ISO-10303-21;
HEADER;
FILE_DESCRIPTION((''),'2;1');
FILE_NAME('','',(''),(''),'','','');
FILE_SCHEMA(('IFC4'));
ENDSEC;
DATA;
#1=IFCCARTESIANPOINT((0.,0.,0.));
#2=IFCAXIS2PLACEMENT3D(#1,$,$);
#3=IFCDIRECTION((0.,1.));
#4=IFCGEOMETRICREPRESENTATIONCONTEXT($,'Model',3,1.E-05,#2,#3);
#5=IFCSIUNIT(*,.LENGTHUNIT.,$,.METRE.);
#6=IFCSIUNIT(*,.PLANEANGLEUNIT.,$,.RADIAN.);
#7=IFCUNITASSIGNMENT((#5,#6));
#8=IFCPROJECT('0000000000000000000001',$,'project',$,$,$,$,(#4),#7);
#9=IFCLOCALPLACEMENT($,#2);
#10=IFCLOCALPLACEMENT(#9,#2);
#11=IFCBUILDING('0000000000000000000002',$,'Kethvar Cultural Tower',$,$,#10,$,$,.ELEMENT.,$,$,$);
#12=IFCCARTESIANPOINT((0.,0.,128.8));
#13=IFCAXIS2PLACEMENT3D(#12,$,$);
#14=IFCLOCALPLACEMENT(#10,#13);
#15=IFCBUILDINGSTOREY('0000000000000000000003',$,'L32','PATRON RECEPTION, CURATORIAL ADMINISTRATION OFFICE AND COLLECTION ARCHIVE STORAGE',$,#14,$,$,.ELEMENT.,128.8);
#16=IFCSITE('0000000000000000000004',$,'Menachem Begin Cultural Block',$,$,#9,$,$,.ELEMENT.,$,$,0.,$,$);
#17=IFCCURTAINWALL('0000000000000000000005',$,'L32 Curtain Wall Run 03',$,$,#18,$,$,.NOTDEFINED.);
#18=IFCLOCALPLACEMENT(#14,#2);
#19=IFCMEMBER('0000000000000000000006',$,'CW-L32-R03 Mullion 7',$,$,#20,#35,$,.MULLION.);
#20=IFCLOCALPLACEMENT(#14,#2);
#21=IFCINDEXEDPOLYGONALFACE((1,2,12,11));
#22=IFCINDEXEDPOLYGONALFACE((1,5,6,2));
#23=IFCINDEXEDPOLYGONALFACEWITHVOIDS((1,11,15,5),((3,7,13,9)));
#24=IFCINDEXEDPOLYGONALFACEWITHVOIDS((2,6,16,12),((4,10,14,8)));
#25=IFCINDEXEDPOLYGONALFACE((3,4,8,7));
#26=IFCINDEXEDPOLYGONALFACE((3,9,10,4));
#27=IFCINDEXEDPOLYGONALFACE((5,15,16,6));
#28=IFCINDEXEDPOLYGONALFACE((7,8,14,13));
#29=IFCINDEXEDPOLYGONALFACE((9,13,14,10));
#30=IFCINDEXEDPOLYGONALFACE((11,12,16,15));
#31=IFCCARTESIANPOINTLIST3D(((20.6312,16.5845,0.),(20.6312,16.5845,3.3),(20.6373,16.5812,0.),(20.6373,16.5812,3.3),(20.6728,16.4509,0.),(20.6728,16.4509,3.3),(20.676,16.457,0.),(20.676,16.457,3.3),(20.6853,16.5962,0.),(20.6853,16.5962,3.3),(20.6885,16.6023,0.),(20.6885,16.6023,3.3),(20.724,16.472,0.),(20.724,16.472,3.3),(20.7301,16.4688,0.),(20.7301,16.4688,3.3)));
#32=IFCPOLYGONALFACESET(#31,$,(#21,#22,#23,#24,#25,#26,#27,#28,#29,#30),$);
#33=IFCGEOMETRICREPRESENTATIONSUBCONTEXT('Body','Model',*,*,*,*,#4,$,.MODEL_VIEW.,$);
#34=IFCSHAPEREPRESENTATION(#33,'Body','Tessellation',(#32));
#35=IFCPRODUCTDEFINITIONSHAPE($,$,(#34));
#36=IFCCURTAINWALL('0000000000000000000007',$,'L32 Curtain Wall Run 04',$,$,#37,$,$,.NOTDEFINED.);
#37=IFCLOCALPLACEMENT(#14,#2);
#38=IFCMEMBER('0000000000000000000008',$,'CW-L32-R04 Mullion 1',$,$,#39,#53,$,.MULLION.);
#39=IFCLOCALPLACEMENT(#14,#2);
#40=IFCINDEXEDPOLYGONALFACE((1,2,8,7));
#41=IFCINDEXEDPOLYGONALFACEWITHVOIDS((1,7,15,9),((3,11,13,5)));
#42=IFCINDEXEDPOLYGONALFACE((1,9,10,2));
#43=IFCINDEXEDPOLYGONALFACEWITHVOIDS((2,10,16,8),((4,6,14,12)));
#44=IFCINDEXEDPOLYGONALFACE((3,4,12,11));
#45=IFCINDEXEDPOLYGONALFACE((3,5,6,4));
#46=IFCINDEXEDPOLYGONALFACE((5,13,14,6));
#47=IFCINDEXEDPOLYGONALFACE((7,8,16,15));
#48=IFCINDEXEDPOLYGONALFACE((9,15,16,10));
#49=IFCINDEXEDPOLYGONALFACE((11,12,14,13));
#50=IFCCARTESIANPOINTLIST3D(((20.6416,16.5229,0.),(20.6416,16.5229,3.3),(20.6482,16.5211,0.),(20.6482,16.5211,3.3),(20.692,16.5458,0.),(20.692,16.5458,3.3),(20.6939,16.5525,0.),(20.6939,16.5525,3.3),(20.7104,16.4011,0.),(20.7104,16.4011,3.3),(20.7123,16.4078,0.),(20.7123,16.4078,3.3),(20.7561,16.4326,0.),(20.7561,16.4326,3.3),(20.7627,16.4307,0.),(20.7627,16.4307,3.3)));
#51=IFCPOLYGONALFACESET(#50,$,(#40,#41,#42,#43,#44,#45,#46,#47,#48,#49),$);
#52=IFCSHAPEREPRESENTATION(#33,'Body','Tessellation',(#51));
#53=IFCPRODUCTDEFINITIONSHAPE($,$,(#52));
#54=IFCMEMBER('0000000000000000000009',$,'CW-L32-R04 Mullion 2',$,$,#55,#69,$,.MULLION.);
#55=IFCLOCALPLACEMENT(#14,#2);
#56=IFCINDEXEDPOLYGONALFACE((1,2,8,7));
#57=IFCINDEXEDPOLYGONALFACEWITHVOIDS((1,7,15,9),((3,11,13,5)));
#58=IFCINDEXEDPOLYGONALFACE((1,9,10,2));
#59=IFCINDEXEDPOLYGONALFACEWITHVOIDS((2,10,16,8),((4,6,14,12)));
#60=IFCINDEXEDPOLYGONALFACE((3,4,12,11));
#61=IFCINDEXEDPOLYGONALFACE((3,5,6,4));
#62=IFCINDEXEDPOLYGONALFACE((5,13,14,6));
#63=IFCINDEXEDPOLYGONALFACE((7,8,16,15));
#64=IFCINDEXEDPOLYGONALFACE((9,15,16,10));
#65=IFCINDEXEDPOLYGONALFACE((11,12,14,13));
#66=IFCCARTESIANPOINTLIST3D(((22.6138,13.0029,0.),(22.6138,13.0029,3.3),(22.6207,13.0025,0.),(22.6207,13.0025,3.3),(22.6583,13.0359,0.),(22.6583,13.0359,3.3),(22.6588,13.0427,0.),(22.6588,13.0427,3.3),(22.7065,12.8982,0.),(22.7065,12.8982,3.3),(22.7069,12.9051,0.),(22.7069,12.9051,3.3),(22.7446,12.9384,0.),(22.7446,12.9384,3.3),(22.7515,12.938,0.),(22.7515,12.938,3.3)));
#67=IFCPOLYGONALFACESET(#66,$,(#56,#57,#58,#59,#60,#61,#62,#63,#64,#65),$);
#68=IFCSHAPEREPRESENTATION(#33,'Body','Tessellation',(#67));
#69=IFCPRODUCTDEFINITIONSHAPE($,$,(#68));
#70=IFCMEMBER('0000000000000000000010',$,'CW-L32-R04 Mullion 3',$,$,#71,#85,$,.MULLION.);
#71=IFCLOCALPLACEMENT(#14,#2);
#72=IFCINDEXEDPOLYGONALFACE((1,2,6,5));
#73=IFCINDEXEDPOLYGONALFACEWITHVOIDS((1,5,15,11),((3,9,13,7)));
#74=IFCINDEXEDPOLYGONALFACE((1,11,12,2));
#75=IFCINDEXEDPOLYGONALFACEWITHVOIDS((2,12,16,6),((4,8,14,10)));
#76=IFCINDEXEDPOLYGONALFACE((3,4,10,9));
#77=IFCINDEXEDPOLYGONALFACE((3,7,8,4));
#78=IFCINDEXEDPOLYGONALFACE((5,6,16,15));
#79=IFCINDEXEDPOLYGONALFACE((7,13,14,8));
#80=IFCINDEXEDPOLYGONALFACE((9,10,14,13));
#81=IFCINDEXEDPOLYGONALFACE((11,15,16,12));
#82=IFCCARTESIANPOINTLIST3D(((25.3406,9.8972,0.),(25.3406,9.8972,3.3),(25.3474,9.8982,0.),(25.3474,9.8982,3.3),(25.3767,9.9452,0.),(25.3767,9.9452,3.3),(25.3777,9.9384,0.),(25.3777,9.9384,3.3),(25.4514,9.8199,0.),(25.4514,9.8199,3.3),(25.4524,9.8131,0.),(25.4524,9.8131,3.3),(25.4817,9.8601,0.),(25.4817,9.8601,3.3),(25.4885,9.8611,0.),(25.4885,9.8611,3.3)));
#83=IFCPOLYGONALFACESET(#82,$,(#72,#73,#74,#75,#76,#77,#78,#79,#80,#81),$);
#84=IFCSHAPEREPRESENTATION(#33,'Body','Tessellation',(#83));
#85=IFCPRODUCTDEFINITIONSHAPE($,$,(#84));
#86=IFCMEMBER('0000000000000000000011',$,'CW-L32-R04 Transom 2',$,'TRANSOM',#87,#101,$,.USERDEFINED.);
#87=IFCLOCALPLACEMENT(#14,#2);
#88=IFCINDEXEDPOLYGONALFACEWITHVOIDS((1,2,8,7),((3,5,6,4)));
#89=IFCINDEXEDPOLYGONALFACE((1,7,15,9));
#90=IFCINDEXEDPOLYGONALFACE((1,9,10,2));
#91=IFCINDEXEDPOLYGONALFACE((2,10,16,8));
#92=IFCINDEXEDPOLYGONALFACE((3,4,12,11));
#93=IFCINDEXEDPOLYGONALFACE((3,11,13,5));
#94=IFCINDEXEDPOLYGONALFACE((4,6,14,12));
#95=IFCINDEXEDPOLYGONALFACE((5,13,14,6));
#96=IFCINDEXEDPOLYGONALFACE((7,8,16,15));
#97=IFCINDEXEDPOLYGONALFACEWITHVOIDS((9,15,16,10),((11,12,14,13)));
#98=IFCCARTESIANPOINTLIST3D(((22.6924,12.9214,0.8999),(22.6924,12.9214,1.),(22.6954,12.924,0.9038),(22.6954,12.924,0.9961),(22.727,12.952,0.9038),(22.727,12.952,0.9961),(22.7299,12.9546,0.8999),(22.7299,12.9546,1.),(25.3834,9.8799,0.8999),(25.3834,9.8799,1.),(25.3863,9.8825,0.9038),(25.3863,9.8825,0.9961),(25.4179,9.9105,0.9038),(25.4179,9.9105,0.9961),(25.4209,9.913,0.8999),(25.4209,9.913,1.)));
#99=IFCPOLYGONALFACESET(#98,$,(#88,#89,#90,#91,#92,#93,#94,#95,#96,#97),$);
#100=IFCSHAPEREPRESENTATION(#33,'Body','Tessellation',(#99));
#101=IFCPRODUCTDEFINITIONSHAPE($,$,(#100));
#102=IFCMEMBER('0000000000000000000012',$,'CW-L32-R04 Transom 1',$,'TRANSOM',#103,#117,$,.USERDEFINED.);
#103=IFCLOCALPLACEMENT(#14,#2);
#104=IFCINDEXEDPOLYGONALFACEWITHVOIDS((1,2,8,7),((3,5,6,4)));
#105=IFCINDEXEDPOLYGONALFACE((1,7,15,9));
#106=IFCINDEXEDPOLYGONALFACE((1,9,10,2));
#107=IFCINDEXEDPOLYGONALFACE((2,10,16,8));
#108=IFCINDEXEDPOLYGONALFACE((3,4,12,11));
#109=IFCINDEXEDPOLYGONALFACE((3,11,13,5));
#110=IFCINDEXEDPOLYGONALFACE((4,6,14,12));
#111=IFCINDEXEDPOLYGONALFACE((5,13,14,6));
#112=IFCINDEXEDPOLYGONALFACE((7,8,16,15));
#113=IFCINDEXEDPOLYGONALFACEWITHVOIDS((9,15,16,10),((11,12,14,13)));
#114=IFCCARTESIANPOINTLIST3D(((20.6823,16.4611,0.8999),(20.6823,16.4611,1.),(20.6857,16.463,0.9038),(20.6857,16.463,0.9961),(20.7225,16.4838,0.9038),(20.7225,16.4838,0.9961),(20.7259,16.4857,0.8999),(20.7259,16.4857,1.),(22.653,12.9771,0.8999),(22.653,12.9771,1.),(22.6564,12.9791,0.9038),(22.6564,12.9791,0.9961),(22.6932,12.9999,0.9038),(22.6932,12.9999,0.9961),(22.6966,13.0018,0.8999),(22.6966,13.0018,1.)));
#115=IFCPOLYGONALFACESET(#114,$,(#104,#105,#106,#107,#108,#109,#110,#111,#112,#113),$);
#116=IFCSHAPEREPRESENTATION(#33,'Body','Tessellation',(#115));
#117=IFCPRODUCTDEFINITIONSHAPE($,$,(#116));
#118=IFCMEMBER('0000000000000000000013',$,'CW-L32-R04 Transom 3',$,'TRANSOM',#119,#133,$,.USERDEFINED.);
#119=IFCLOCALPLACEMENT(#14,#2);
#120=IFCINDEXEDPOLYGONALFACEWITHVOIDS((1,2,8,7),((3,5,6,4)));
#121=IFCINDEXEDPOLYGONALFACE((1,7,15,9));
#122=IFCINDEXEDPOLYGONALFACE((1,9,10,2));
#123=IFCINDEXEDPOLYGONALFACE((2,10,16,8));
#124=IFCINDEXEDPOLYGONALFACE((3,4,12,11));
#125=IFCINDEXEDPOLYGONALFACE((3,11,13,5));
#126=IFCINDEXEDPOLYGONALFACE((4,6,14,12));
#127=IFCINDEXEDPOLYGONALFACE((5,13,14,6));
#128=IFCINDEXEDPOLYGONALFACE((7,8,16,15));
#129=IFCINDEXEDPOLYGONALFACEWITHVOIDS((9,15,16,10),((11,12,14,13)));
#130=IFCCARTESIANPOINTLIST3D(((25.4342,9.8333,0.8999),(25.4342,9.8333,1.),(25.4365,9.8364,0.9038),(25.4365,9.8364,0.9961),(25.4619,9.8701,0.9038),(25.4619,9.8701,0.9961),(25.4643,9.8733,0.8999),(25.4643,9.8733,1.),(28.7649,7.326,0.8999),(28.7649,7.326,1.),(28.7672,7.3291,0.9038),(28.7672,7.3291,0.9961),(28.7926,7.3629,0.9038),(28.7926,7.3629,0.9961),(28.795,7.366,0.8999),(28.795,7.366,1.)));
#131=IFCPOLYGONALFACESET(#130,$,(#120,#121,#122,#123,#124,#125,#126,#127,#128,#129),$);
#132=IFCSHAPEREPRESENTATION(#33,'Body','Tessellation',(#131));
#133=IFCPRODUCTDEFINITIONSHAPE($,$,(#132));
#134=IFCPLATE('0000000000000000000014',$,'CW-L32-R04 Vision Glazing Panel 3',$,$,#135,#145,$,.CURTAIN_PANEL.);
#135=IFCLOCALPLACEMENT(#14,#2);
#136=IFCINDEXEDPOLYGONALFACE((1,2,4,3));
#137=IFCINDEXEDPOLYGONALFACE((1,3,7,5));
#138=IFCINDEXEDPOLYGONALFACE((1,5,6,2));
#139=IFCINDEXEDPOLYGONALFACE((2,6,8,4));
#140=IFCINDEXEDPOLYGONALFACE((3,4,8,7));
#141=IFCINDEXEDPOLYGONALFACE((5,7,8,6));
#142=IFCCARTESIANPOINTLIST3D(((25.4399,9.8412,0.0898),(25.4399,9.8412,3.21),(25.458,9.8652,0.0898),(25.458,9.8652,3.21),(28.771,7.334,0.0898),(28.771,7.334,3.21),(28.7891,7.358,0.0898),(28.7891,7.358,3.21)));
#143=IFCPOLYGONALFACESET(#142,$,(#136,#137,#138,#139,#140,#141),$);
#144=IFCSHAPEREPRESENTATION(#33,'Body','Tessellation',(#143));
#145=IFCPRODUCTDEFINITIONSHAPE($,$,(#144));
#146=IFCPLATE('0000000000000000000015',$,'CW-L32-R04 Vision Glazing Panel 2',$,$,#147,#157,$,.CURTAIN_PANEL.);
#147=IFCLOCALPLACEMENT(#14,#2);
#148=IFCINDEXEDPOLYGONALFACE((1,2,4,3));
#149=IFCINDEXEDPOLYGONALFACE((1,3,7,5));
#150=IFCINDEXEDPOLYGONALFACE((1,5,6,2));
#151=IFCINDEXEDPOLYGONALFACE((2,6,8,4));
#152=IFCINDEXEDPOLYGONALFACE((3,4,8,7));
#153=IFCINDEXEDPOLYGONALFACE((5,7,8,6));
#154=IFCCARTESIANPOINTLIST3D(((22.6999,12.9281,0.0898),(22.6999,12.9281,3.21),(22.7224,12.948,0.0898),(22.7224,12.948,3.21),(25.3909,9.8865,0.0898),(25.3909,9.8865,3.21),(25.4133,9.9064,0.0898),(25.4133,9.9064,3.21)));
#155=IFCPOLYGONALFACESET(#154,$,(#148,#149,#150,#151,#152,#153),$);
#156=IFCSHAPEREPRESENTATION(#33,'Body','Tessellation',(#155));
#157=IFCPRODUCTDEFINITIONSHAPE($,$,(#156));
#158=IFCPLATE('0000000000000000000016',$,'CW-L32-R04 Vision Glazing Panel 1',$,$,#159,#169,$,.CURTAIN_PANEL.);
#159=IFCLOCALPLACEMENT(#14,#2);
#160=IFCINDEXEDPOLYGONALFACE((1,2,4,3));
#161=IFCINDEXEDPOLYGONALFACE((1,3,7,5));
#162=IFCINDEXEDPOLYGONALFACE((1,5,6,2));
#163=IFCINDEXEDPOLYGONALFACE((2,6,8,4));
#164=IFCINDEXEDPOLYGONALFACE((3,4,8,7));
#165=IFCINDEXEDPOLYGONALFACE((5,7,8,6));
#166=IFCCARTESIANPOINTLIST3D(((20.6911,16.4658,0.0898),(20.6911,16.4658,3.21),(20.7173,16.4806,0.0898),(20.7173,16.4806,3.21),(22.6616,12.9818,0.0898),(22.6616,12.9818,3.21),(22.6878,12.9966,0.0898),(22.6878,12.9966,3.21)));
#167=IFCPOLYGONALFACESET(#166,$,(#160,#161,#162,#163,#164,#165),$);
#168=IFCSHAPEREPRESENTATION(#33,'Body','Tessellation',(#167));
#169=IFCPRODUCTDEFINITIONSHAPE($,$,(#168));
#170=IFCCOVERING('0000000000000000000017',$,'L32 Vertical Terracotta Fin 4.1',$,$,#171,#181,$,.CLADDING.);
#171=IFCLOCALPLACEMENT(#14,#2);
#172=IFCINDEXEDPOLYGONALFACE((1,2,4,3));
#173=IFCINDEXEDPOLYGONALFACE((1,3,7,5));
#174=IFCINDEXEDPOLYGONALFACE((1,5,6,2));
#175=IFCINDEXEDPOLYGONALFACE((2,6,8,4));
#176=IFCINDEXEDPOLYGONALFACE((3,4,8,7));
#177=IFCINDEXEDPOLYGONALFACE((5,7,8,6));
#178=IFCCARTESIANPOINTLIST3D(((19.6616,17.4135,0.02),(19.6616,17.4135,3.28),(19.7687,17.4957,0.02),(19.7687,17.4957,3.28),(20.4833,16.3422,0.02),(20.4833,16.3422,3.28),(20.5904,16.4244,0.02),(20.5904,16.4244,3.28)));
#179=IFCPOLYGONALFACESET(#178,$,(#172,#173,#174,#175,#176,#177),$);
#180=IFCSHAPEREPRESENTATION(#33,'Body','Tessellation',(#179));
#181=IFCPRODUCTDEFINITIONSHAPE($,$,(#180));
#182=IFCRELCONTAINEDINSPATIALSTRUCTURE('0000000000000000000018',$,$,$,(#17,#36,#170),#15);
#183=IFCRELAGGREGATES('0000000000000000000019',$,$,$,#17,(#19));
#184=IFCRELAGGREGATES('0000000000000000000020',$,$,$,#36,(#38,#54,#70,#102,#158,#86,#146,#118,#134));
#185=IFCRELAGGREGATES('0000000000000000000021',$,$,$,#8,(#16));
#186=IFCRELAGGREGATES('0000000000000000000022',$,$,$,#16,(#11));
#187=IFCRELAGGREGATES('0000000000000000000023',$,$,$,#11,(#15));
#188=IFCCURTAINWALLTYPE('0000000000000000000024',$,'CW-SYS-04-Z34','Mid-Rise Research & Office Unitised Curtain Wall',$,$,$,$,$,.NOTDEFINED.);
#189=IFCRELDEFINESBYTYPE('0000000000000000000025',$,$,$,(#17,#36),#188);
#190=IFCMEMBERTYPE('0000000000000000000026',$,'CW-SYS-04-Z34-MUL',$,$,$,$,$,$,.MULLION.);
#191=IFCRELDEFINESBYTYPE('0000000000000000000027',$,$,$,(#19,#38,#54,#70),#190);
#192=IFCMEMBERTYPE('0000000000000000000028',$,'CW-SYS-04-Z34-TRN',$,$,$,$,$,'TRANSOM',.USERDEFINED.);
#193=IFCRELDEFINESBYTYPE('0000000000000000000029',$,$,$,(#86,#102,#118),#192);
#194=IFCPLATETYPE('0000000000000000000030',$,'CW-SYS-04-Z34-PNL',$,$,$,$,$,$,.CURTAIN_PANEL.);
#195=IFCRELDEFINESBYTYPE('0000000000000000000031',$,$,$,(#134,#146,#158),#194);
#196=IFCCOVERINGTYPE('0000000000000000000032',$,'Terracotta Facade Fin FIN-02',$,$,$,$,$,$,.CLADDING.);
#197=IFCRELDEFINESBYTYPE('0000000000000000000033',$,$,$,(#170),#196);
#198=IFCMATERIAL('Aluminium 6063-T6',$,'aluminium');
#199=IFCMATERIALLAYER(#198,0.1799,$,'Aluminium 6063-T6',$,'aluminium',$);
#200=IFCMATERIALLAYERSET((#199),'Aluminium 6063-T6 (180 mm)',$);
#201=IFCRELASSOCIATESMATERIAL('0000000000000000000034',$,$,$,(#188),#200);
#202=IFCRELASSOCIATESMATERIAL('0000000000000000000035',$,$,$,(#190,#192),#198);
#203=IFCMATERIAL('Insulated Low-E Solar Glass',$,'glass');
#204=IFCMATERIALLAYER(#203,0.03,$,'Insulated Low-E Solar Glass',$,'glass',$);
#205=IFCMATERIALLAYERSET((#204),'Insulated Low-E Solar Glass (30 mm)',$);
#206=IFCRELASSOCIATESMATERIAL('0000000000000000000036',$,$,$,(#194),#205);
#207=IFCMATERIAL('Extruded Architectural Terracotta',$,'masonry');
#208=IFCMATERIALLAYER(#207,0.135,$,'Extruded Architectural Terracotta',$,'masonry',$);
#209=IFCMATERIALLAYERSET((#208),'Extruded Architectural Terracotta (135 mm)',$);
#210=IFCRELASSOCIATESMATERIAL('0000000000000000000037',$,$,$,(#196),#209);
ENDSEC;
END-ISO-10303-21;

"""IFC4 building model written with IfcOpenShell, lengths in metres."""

from ifc_helpers import new_model, si_unit, direction, frame, origin, origin_2d, place, context, subcontext, project, spatial, rectangle, hollow_rectangle, extrude, source, transform, mapped, material, layer, layer_set, material_profile, profile_set, type_object, element, aggregate, save


model = new_model("IFC4")

# Units and contexts
model_context = context("Model", 3, precision=1e-05, world=origin(), true_north=direction((0.0, 1.0)))
body_context = subcontext(model_context, "Body", "Model", "MODEL_VIEW")
ifc_project = project(units=[si_unit("LENGTHUNIT", "METRE"), si_unit("PLANEANGLEUNIT", "RADIAN")], contexts=[model_context])

# Site, building, storey
site_placement = place(None, origin())
site = spatial("IfcSite", under=ifc_project, at=site_placement, Name="Menachem Begin Cultural Block", CompositionType="ELEMENT", RefElevation=0.0)
building_placement = place(site_placement, origin())
building = spatial("IfcBuilding", under=site, at=building_placement, Name="Kethvar Cultural Tower", CompositionType="ELEMENT")
storey_placement = place(building_placement, frame((0.0, 0.0, 128.8)))
storey = spatial("IfcBuildingStorey", under=building, at=storey_placement, Name="L32", Description="PATRON RECEPTION, CURATORIAL ADMINISTRATION OFFICE AND COLLECTION ARCHIVE STORAGE", CompositionType="ELEMENT", Elevation=128.8)

# Curtain wall, member
ifc_material_1 = material(Name="Aluminium 6063-T6", Category="aluminium")
ifc_layer_1 = layer(ifc_material_1, 0.1799, Name="Aluminium 6063-T6", Category="aluminium")
ifc_layer_set_1 = layer_set([ifc_layer_1], Name="Aluminium 6063-T6 (180 mm)")
curtain_wall_type = type_object("IfcCurtainWallType", Name="CW-SYS-04-Z34", Description="Mid-Rise Research & Office Unitised Curtain Wall", PredefinedType="NOTDEFINED", material=ifc_layer_set_1)
curtain_wall_1_placement = place(storey_placement, origin())
curtain_wall_1 = element("IfcCurtainWall", 1, at=curtain_wall_1_placement, inside=storey, type_object=curtain_wall_type, Name="L32 Curtain Wall Run 03", PredefinedType="NOTDEFINED")
ifc_material_profile_1 = material_profile(ifc_material_1, hollow_rectangle(XDim=0.0601, YDim=0.1399, WallThickness=0.0049, at=origin_2d()), Name="Aluminium 6063-T6 — RHS140x60x5")
ifc_profile_set_1 = profile_set([ifc_material_profile_1], Name="Aluminium 6063-T6 — RHS140x60x5")
member_type_1 = type_object("IfcMemberType", Name="CW-SYS-04-Z34-MUL", PredefinedType="MULLION", material=ifc_profile_set_1)
shared_shape_1 = source(origin(), body_context, "Body", "SweptSolid", [
    extrude(hollow_rectangle(XDim=0.0601, YDim=0.1399, WallThickness=0.0049, at=origin_2d()), origin(), (0.0, 0.0, 1.0), 3.3),
])
member_1_placement = place(storey_placement, frame((20.6807, 16.5266, 0.0), z_axis=(0.0, 0.0, 1.0), x_axis=(0.954719, 0.297508, 0.0)))
member_1 = element("IfcMember", 2, at=member_1_placement, type_object=member_type_1, Name="CW-L32-R03 Mullion 7", PredefinedType="MULLION", context=body_context, shape_type="MappedRepresentation", body=[
    mapped(shared_shape_1, transform((0.0, 0.0, 0.0), scale=1.0)),
])
aggregate(curtain_wall_1, [member_1])

# Curtain wall, members, plates
curtain_wall_2_placement = place(storey_placement, origin())
curtain_wall_2 = element("IfcCurtainWall", 3, at=curtain_wall_2_placement, inside=storey, type_object=curtain_wall_type, Name="L32 Curtain Wall Run 04", PredefinedType="NOTDEFINED")
member_2_placement = place(storey_placement, frame((20.7021, 16.4768, 0.0), z_axis=(0.0, 0.0, 1.0), x_axis=(0.870424, 0.492302, 0.0)))
member_2 = element("IfcMember", 4, at=member_2_placement, type_object=member_type_1, Name="CW-L32-R04 Mullion 1", PredefinedType="MULLION", context=body_context, shape_type="MappedRepresentation", body=[
    mapped(shared_shape_1, transform((0.0, 0.0, 0.0), scale=1.0)),
])
member_3_placement = place(storey_placement, frame((22.6826, 12.9705, 0.0), z_axis=(0.0, 0.0, 1.0), x_axis=(0.748956, 0.66262, 0.0)))
member_3 = element("IfcMember", 5, at=member_3_placement, type_object=member_type_1, Name="CW-L32-R04 Mullion 2", PredefinedType="MULLION", context=body_context, shape_type="MappedRepresentation", body=[
    mapped(shared_shape_1, transform((0.0, 0.0, 0.0), scale=1.0)),
])
member_4_placement = place(storey_placement, frame((25.4146, 9.8792, 0.0), z_axis=(0.0, 0.0, 1.0), x_axis=(0.601369, 0.798972, 0.0)))
member_4 = element("IfcMember", 6, at=member_4_placement, type_object=member_type_1, Name="CW-L32-R04 Mullion 3", PredefinedType="MULLION", context=body_context, shape_type="MappedRepresentation", body=[
    mapped(shared_shape_1, transform((0.0, 0.0, 0.0), scale=1.0)),
])
ifc_material_profile_2 = material_profile(ifc_material_1, hollow_rectangle(XDim=0.05, YDim=0.1001, WallThickness=0.0039, at=origin_2d()), Name="Aluminium 6063-T6 — RHS100x50x4")
ifc_profile_set_2 = profile_set([ifc_material_profile_2], Name="Aluminium 6063-T6 — RHS100x50x4")
member_type_2 = type_object("IfcMemberType", Name="CW-SYS-04-Z34-TRN", ElementType="TRANSOM", PredefinedType="USERDEFINED", material=ifc_profile_set_2)
shared_shape_2 = source(origin(), body_context, "Body", "SweptSolid", [
    extrude(hollow_rectangle(XDim=0.05, YDim=0.1001, WallThickness=0.0039, at=origin_2d()), origin(), (0.0, 0.0, 1.0), 4.061),
])
member_5_placement = place(storey_placement, frame((22.7112, 12.938, 0.95), z_axis=(0.662623, -0.748953, 0.0), x_axis=(0.748953, 0.662623, 0.0)))
member_5 = element("IfcMember", 7, at=member_5_placement, type_object=member_type_2, Name="CW-L32-R04 Transom 2", ObjectType="TRANSOM", PredefinedType="USERDEFINED", context=body_context, shape_type="MappedRepresentation", body=[
    mapped(shared_shape_2, transform((0.0, 0.0, 0.0), scale=1.0)),
])
shared_shape_3 = source(origin(), body_context, "Body", "SweptSolid", [
    extrude(hollow_rectangle(XDim=0.05, YDim=0.1001, WallThickness=0.0039, at=origin_2d()), origin(), (0.0, 0.0, 1.0), 4.0027),
])
member_6_placement = place(storey_placement, frame((20.7041, 16.4734, 0.95), z_axis=(0.492351, -0.870397, 0.0), x_axis=(0.870397, 0.492351, 0.0)))
member_6 = element("IfcMember", 8, at=member_6_placement, type_object=member_type_2, Name="CW-L32-R04 Transom 1", ObjectType="TRANSOM", PredefinedType="USERDEFINED", context=body_context, shape_type="MappedRepresentation", body=[
    mapped(shared_shape_3, transform((0.0, 0.0, 0.0), scale=1.0)),
])
shared_shape_4 = source(origin(), body_context, "Body", "SweptSolid", [
    extrude(hollow_rectangle(XDim=0.05, YDim=0.1001, WallThickness=0.0039, at=origin_2d()), origin(), (0.0, 0.0, 1.0), 4.1689),
])
member_7_placement = place(storey_placement, frame((25.4492, 9.8533, 0.95), z_axis=(0.798938, -0.601414, 0.0), x_axis=(0.601414, 0.798938, 0.0)))
member_7 = element("IfcMember", 9, at=member_7_placement, type_object=member_type_2, Name="CW-L32-R04 Transom 3", ObjectType="TRANSOM", PredefinedType="USERDEFINED", context=body_context, shape_type="MappedRepresentation", body=[
    mapped(shared_shape_4, transform((0.0, 0.0, 0.0), scale=1.0)),
])
ifc_material_2 = material(Name="Insulated Low-E Solar Glass", Category="glass")
ifc_layer_2 = layer(ifc_material_2, 0.03, Name="Insulated Low-E Solar Glass", Category="glass")
ifc_layer_set_2 = layer_set([ifc_layer_2], Name="Insulated Low-E Solar Glass (30 mm)")
plate_type = type_object("IfcPlateType", Name="CW-SYS-04-Z34-PNL", PredefinedType="CURTAIN_PANEL", material=ifc_layer_set_2)
shared_shape_5 = source(origin(), body_context, "Body", "SweptSolid", [
    extrude(rectangle(XDim=4.1692, YDim=0.03, at=origin_2d()), origin(), (0.0, 0.0, 1.0), 3.1201),
])
plate_1_placement = place(storey_placement, frame((27.1145, 8.5996, 0.0898), z_axis=(0.0, 0.0, 1.0), x_axis=(0.798972, -0.601369, 0.0)))
plate_1 = element("IfcPlate", 10, at=plate_1_placement, type_object=plate_type, Name="CW-L32-R04 Vision Glazing Panel 3", PredefinedType="CURTAIN_PANEL", context=body_context, shape_type="MappedRepresentation", body=[
    mapped(shared_shape_5, transform((0.0, 0.0, 0.0), scale=1.0)),
])
shared_shape_6 = source(origin(), body_context, "Body", "SweptSolid", [
    extrude(rectangle(XDim=4.061, YDim=0.03, at=origin_2d()), origin(), (0.0, 0.0, 1.0), 3.1201),
])
plate_2_placement = place(storey_placement, frame((24.0566, 11.4172, 0.0898), z_axis=(0.0, 0.0, 1.0), x_axis=(0.66262, -0.748956, 0.0)))
plate_2 = element("IfcPlate", 11, at=plate_2_placement, type_object=plate_type, Name="CW-L32-R04 Vision Glazing Panel 2", PredefinedType="CURTAIN_PANEL", context=body_context, shape_type="MappedRepresentation", body=[
    mapped(shared_shape_6, transform((0.0, 0.0, 0.0), scale=1.0)),
])
shared_shape_7 = source(origin(), body_context, "Body", "SweptSolid", [
    extrude(rectangle(XDim=4.0027, YDim=0.03, at=origin_2d()), origin(), (0.0, 0.0, 1.0), 3.1201),
])
plate_3_placement = place(storey_placement, frame((21.6895, 14.7312, 0.0898), z_axis=(0.0, 0.0, 1.0), x_axis=(0.492302, -0.870424, 0.0)))
plate_3 = element("IfcPlate", 12, at=plate_3_placement, type_object=plate_type, Name="CW-L32-R04 Vision Glazing Panel 1", PredefinedType="CURTAIN_PANEL", context=body_context, shape_type="MappedRepresentation", body=[
    mapped(shared_shape_7, transform((0.0, 0.0, 0.0), scale=1.0)),
])
aggregate(curtain_wall_2, [member_2, member_3, member_4, member_6, plate_3, member_5, plate_2, member_7, plate_1])

# Covering
ifc_material_3 = material(Name="Extruded Architectural Terracotta", Category="masonry")
ifc_layer_3 = layer(ifc_material_3, 0.135, Name="Extruded Architectural Terracotta", Category="masonry")
ifc_layer_set_3 = layer_set([ifc_layer_3], Name="Extruded Architectural Terracotta (135 mm)")
covering_type = type_object("IfcCoveringType", Name="Terracotta Facade Fin FIN-02", PredefinedType="CLADDING", material=ifc_layer_set_3)
shared_shape_8 = source(origin(), body_context, "Body", "SweptSolid", [
    extrude(rectangle(XDim=1.3501, YDim=0.135, at=origin_2d()), origin(), (0.0, 0.0, 1.0), 3.26),
])
for number, where, z_axis, x_axis, name in (
    (13, (20.126, 16.9189, 0.02), (0.0, 0.0, 1.0), (-0.608623, 0.79346, 0.0), "L32 Vertical Terracotta Fin 4.1"),
):
    element("IfcCovering", number, at=place(storey_placement, frame(where, z_axis=z_axis, x_axis=x_axis)), inside=storey, type_object=covering_type, Name=name, PredefinedType="CLADDING", context=body_context, shape_type="MappedRepresentation", body=[
        mapped(shared_shape_8, transform((0.0, 0.0, 0.0), scale=1.0)),
    ])

save(model, "model.ifc")
